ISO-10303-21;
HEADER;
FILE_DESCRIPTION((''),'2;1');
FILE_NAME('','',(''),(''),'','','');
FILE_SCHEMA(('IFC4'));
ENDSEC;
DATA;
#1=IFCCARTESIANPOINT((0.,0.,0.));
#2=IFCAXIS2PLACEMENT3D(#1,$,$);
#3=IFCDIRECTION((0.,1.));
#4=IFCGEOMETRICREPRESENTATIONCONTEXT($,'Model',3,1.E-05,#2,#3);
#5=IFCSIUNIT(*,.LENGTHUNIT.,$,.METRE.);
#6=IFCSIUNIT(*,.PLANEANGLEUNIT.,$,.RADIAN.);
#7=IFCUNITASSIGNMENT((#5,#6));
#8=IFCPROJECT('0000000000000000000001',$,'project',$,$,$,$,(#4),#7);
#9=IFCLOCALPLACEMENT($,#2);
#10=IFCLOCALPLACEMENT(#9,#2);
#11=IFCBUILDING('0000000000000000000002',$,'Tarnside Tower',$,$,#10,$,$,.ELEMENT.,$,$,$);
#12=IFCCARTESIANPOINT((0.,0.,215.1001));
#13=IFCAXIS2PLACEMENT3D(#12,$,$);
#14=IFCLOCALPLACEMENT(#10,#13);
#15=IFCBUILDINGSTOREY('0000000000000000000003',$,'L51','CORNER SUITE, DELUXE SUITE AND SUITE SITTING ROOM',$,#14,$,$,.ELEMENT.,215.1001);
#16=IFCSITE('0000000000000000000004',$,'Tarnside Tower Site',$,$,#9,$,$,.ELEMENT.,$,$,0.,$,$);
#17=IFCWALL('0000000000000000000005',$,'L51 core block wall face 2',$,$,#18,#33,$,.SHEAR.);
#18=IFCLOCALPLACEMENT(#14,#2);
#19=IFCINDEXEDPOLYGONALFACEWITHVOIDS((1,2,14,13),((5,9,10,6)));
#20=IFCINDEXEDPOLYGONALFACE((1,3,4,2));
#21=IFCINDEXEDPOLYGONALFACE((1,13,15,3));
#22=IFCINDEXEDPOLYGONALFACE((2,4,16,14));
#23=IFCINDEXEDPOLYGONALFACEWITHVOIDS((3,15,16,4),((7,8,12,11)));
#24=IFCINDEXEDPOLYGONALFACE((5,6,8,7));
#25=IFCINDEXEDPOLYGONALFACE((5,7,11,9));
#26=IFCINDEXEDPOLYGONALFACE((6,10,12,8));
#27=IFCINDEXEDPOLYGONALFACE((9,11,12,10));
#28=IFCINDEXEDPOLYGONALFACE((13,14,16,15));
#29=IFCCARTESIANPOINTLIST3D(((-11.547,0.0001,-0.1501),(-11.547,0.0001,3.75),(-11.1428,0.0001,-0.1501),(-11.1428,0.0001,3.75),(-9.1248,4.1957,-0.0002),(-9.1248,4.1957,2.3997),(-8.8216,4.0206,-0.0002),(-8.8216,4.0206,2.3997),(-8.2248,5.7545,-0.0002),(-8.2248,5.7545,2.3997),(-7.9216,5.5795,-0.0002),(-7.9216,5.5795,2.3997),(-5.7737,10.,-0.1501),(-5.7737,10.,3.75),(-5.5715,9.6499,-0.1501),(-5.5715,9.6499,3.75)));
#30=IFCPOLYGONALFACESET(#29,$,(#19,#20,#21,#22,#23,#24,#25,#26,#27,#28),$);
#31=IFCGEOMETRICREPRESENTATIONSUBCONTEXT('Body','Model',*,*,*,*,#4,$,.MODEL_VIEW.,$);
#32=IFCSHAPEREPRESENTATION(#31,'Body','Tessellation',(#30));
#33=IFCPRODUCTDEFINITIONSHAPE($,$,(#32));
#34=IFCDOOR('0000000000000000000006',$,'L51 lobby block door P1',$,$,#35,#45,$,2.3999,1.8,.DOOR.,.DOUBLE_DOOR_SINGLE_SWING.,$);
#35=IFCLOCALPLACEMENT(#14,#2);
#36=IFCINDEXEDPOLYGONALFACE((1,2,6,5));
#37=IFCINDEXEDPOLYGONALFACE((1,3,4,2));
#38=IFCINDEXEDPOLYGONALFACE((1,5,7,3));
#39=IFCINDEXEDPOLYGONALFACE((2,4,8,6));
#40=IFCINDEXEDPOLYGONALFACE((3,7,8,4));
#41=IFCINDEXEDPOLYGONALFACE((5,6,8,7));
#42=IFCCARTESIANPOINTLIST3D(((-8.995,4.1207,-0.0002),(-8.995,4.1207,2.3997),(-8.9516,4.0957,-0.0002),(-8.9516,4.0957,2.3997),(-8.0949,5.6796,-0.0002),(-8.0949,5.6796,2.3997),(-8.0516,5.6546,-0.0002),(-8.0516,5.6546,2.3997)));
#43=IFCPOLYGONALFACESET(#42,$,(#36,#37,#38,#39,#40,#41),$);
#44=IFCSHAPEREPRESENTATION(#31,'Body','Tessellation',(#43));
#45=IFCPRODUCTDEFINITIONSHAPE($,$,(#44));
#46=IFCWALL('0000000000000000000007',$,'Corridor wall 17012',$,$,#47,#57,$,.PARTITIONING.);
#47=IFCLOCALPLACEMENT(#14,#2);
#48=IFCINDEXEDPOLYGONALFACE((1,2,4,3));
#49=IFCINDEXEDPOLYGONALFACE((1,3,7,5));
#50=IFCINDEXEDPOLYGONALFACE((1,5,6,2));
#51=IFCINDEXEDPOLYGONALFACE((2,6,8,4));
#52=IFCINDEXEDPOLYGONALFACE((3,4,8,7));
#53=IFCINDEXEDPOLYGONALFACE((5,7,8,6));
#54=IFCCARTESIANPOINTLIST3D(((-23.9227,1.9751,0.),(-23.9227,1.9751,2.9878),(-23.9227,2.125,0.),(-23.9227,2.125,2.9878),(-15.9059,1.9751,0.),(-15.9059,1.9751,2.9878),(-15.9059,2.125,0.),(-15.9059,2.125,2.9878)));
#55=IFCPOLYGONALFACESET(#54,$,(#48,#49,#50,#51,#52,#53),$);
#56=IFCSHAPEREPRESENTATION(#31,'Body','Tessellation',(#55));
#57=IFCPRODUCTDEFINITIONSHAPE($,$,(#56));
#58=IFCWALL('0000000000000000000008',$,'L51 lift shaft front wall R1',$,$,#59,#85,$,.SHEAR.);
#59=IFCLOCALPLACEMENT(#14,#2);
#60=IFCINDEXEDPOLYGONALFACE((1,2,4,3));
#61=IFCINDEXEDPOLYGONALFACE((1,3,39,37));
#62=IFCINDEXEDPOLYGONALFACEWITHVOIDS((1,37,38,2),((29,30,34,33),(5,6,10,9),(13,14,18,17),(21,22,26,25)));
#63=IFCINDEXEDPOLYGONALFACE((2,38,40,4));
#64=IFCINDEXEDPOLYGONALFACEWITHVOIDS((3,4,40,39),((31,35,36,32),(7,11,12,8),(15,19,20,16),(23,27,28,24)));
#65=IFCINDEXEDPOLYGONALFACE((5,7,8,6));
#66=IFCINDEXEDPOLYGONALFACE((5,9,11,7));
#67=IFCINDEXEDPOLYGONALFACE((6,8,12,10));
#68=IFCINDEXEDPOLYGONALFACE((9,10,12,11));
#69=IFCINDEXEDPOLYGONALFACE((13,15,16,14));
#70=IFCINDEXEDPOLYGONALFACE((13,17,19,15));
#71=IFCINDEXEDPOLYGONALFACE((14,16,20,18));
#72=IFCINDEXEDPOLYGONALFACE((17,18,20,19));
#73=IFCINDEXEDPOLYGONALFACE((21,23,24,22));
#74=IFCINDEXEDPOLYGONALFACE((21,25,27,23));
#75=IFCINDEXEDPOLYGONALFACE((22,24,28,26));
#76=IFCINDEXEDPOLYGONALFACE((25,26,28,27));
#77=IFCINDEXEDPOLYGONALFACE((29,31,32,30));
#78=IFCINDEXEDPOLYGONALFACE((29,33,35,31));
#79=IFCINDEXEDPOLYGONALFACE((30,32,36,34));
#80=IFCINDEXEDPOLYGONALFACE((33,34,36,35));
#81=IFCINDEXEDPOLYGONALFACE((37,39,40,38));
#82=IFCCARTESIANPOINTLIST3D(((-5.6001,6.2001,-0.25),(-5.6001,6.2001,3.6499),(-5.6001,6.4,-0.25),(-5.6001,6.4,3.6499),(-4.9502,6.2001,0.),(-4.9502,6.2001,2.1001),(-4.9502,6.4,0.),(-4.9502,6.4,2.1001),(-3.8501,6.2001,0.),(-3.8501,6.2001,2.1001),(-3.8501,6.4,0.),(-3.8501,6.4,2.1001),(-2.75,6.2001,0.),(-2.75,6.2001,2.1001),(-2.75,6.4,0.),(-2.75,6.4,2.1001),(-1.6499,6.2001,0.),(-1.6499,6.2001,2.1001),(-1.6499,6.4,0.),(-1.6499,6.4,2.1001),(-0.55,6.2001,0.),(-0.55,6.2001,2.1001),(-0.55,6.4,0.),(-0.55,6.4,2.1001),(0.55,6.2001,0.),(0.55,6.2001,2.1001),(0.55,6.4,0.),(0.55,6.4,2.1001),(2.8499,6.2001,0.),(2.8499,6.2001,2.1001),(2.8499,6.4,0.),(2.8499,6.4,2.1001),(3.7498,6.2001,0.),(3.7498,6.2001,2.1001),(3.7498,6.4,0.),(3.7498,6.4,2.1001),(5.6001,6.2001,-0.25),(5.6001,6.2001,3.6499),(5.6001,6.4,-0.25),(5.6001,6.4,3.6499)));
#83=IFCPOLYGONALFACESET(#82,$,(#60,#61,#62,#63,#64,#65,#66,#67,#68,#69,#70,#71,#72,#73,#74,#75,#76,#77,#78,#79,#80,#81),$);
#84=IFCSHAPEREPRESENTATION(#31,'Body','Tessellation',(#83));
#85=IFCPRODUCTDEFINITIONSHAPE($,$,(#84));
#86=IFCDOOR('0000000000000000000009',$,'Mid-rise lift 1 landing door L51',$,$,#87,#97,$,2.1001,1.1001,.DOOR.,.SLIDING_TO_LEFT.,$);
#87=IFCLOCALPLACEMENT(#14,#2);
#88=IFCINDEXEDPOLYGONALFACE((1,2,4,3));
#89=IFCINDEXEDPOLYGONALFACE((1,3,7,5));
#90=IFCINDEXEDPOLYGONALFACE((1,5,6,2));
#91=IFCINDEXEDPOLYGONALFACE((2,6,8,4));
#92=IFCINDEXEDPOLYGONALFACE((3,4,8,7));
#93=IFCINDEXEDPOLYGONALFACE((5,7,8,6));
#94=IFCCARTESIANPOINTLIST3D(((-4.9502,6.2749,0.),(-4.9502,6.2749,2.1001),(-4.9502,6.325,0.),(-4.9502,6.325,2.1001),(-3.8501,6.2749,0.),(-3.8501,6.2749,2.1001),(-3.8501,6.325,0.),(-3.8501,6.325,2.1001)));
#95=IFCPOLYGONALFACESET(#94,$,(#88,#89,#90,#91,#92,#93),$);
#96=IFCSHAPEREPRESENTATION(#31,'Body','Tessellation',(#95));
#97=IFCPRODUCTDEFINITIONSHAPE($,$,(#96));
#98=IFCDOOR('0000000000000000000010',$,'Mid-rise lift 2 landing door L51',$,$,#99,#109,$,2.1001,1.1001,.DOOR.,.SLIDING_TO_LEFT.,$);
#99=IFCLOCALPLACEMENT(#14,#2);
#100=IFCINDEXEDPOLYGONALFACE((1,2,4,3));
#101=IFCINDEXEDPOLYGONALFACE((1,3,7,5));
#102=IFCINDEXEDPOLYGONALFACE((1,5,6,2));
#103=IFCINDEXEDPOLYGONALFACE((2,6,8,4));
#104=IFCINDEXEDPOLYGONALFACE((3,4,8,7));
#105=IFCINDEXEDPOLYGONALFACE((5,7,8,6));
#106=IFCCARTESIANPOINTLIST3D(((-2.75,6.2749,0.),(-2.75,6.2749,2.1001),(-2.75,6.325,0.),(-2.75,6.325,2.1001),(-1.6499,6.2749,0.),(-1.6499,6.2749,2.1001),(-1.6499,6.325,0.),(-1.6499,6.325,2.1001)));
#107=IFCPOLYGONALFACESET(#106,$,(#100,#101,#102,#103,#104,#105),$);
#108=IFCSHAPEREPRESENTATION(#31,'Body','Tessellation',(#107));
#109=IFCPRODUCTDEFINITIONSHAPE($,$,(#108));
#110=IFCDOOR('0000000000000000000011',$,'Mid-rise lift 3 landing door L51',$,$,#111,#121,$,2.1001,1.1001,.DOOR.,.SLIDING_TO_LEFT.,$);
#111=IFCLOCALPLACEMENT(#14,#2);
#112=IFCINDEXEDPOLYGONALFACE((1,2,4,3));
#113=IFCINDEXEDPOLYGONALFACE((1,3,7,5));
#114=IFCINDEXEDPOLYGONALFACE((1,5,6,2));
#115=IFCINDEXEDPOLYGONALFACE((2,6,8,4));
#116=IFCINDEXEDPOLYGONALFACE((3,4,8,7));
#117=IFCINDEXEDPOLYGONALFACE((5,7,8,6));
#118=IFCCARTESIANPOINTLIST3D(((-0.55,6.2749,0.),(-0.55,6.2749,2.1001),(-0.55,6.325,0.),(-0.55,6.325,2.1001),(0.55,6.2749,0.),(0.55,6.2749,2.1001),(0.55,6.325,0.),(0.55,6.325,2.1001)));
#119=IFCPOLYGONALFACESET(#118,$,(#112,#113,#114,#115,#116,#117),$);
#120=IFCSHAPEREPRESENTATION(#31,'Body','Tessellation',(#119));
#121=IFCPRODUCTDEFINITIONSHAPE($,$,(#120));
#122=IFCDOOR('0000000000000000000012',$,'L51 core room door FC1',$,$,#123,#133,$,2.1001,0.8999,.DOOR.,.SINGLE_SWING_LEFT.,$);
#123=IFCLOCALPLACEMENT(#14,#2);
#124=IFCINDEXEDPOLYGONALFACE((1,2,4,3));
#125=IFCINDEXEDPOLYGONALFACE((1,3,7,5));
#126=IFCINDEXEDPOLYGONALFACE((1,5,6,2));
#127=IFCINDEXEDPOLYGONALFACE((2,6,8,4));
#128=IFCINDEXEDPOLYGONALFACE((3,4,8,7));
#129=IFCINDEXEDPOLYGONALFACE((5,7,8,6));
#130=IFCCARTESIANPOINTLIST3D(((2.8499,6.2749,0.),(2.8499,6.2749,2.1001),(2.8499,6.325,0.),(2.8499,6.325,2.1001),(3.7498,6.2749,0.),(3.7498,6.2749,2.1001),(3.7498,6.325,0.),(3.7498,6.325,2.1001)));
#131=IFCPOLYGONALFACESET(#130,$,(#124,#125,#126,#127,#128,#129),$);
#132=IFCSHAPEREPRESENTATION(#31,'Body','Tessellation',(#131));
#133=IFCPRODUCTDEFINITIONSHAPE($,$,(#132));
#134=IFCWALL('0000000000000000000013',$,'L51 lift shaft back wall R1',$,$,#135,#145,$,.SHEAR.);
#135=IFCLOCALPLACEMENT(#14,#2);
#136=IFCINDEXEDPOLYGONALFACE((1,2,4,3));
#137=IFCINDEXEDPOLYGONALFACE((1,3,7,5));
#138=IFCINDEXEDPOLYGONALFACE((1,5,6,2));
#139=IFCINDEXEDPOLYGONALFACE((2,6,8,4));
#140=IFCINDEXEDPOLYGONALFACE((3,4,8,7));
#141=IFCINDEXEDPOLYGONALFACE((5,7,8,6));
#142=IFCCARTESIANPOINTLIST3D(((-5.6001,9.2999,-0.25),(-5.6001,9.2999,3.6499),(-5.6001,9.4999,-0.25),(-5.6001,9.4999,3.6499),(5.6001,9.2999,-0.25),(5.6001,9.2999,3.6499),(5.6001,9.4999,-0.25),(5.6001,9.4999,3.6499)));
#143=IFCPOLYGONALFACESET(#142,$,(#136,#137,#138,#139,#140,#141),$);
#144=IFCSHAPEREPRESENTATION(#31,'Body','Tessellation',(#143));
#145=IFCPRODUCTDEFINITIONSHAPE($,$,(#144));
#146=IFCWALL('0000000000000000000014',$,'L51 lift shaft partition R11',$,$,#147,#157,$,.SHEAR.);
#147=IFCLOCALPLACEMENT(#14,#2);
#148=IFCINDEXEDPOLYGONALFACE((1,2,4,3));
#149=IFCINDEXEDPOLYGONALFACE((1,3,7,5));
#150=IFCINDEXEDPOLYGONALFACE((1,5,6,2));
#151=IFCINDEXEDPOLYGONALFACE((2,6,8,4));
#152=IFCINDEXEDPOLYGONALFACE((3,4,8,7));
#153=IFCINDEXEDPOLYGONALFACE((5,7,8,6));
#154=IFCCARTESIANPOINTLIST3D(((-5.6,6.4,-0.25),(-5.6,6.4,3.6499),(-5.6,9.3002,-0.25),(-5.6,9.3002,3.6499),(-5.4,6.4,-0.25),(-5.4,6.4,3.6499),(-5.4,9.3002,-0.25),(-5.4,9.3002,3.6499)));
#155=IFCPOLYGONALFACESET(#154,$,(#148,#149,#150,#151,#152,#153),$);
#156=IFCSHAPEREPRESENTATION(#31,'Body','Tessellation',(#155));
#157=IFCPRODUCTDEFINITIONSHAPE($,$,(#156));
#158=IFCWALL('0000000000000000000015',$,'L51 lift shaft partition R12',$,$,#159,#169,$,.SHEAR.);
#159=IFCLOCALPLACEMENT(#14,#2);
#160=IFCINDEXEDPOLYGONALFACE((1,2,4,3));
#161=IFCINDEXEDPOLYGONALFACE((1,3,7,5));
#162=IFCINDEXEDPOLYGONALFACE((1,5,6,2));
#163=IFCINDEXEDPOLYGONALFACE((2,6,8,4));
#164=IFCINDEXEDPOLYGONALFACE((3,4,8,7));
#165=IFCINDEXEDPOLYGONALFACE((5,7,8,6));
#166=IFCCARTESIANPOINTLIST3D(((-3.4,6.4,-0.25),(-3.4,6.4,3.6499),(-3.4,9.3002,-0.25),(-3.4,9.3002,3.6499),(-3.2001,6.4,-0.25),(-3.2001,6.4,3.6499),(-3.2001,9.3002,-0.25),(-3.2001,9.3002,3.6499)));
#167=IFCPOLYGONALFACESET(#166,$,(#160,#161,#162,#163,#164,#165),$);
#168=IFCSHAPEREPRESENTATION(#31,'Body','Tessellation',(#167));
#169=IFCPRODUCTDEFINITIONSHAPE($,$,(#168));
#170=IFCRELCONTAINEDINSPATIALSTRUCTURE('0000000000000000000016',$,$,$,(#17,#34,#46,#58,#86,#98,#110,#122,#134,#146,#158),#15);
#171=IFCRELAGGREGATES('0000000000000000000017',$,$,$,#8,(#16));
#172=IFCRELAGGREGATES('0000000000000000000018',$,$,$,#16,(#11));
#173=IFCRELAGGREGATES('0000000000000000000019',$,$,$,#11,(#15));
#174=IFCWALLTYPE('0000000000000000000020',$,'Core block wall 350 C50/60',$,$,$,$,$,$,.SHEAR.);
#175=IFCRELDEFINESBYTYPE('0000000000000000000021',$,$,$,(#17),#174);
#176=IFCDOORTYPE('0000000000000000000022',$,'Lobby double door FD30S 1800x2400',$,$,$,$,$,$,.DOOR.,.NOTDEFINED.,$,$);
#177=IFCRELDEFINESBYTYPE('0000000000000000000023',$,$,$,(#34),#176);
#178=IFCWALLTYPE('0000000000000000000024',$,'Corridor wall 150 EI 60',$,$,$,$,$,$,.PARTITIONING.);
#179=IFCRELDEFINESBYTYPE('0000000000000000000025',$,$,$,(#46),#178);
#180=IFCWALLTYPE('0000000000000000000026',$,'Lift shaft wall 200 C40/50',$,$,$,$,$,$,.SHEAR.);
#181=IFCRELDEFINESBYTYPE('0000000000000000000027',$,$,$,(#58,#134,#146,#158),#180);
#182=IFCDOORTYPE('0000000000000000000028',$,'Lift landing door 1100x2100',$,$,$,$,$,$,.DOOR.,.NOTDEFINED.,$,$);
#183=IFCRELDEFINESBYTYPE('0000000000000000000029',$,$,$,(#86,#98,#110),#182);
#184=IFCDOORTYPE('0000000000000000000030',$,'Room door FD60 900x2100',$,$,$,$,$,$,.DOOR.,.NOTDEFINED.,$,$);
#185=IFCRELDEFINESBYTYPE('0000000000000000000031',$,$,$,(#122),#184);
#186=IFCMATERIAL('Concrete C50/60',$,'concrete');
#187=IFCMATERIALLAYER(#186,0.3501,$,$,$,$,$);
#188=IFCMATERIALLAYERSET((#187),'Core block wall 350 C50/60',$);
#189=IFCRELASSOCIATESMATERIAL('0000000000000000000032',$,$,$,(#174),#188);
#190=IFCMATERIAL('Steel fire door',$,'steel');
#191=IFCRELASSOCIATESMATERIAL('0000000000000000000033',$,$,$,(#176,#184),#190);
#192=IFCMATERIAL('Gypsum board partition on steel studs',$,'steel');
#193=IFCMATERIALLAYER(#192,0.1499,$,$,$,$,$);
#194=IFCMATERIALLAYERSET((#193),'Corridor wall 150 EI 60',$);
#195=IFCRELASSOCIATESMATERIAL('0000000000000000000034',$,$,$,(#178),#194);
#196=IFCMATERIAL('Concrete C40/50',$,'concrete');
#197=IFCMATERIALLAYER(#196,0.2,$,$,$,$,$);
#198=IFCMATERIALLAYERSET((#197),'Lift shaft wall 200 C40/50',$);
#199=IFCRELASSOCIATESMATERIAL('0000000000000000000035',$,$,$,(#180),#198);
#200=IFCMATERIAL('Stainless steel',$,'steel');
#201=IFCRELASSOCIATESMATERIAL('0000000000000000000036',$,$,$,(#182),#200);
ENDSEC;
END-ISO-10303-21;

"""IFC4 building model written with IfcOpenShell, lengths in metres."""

from ifc_helpers import new_model, si_unit, direction, frame, frame_2d, origin, place, context, subcontext, project, spatial, polyline, rectangle, outline, extrude, material, layer, layer_set, type_object, element, fill, save


model = new_model("IFC4")

# Units and contexts
model_context = context("Model", 3, precision=1e-05, world=origin(), true_north=direction((0.0, 1.0)))
body_context = subcontext(model_context, "Body", "Model", "MODEL_VIEW")
ifc_project = project(units=[si_unit("LENGTHUNIT", "METRE"), si_unit("PLANEANGLEUNIT", "RADIAN")], contexts=[model_context])

# Site, building, storey
site_placement = place(None, origin())
site = spatial("IfcSite", under=ifc_project, at=site_placement, Name="Tarnside Tower Site", CompositionType="ELEMENT", RefElevation=0.0)
building_placement = place(site_placement, origin())
building = spatial("IfcBuilding", under=site, at=building_placement, Name="Tarnside Tower", CompositionType="ELEMENT")
storey_placement = place(building_placement, frame((0.0, 0.0, 215.1001)))
storey = spatial("IfcBuildingStorey", under=building, at=storey_placement, Name="L51", Description="CORNER SUITE, DELUXE SUITE AND SUITE SITTING ROOM", CompositionType="ELEMENT", Elevation=215.1001)

# Shared definitions
ifc_material_1 = material(Name="Concrete C40/50", Category="concrete")

# Wall, opening, door
ifc_material_2 = material(Name="Concrete C50/60", Category="concrete")
ifc_layer_1 = layer(ifc_material_2, 0.3501)
ifc_layer_set_1 = layer_set([ifc_layer_1], Name="Core block wall 350 C50/60")
wall_type_1 = type_object("IfcWallType", Name="Core block wall 350 C50/60", PredefinedType="SHEAR", material=ifc_layer_set_1)
wall_1_placement = place(storey_placement, frame((-5.6726, 9.825, -0.1501), z_axis=(0.0, 0.0, 1.0), x_axis=(-0.499995, -0.866028, 0.0)))
wall_1 = element("IfcWall", 1, at=wall_1_placement, inside=storey, type_object=wall_type_1, Name="L51 core block wall face 2", PredefinedType="SHEAR", context=body_context, shape_type="SweptSolid", body=[
    extrude(outline(polyline([(-0.1011, -0.175), (11.4458, -0.175), (11.2437, 0.175), (0.1011, 0.175), (-0.1011, -0.175)])), origin(), (0.0, 0.0, 1.0), 3.9001),
])
opening_1_placement = place(wall_1_placement, frame((4.8013, 0.0, 0.1499)))
opening_1 = element("IfcOpeningElement", 2, at=opening_1_placement, cuts=wall_1, PredefinedType="OPENING", context=body_context, shape_type="SweptSolid", body=[
    extrude(rectangle(XDim=1.8, YDim=2.3999, at=frame_2d((0.8999, 1.2))), frame((0.0, 0.1851, 0.0), z_axis=(0.0, -1.0, 0.0), x_axis=(1.0, 0.0, 0.0)), (0.0, 0.0, 1.0), 0.3701),
])
ifc_material_3 = material(Name="Steel fire door", Category="steel")
door_type_1 = type_object("IfcDoorType", Name="Lobby double door FD30S 1800x2400", OperationType="NOTDEFINED", PredefinedType="DOOR", material=ifc_material_3)
door_1_placement = place(opening_1_placement, origin())
door_1 = element("IfcDoor", 3, at=door_1_placement, inside=storey, type_object=door_type_1, Name="L51 lobby block door P1", OperationType="DOUBLE_DOOR_SINGLE_SWING", OverallHeight=2.3999, OverallWidth=1.8, PredefinedType="DOOR", context=body_context, shape_type="SweptSolid", body=[
    extrude(rectangle(XDim=1.8, YDim=2.3999, at=frame_2d((0.8999, 1.2))), frame((0.0, 0.0249, 0.0), z_axis=(0.0, -1.0, 0.0), x_axis=(1.0, 0.0, 0.0)), (0.0, 0.0, 1.0), 0.05),
])
fill(opening_1, door_1)

# Wall
ifc_material_4 = material(Name="Gypsum board partition on steel studs", Category="steel")
ifc_layer_2 = layer(ifc_material_4, 0.1499)
ifc_layer_set_2 = layer_set([ifc_layer_2], Name="Corridor wall 150 EI 60")
wall_type_2 = type_object("IfcWallType", Name="Corridor wall 150 EI 60", PredefinedType="PARTITIONING", material=ifc_layer_set_2)
wall_2_placement = place(storey_placement, frame((-15.906, 2.05, 0.0), z_axis=(0.0, 0.0, 1.0), x_axis=(-1.0, 0.0, 0.0)))
element("IfcWall", 4, at=wall_2_placement, inside=storey, type_object=wall_type_2, Name="Corridor wall 17012", PredefinedType="PARTITIONING", context=body_context, shape_type="SweptSolid", body=[
    extrude(rectangle(XDim=8.0168, YDim=0.1499, at=frame_2d((4.0083, 0.0))), origin(), (0.0, 0.0, 1.0), 2.9878),
])

# Wall, openings, doors
ifc_layer_3 = layer(ifc_material_1, 0.2)
ifc_layer_set_3 = layer_set([ifc_layer_3], Name="Lift shaft wall 200 C40/50")
wall_type_3 = type_object("IfcWallType", Name="Lift shaft wall 200 C40/50", PredefinedType="SHEAR", material=ifc_layer_set_3)
wall_3_placement = place(storey_placement, frame((-5.6001, 6.3, -0.25), z_axis=(0.0, 0.0, 1.0), x_axis=(1.0, 0.0, 0.0)))
wall_3 = element("IfcWall", 5, at=wall_3_placement, inside=storey, type_object=wall_type_3, Name="L51 lift shaft front wall R1", PredefinedType="SHEAR", context=body_context, shape_type="SweptSolid", body=[
    extrude(rectangle(XDim=11.2002, YDim=0.2, at=frame_2d((5.6001, 0.0))), origin(), (0.0, 0.0, 1.0), 3.8999),
])
opening_2_placement = place(wall_3_placement, frame((8.45, 0.0, 0.25)))
opening_2 = element("IfcOpeningElement", 6, at=opening_2_placement, cuts=wall_3, PredefinedType="OPENING", context=body_context, shape_type="SweptSolid", body=[
    extrude(rectangle(XDim=0.8999, YDim=2.1001, at=frame_2d((0.45, 1.05))), frame((0.0, 0.1099, 0.0), z_axis=(0.0, -1.0, 0.0), x_axis=(1.0, 0.0, 0.0)), (0.0, 0.0, 1.0), 0.22),
])
opening_3_placement = place(wall_3_placement, frame((0.6499, 0.0, 0.25)))
opening_3 = element("IfcOpeningElement", 7, at=opening_3_placement, cuts=wall_3, PredefinedType="OPENING", context=body_context, shape_type="SweptSolid", body=[
    extrude(rectangle(XDim=1.1001, YDim=2.1001, at=frame_2d((0.55, 1.05))), frame((0.0, 0.1099, 0.0), z_axis=(0.0, -1.0, 0.0), x_axis=(1.0, 0.0, 0.0)), (0.0, 0.0, 1.0), 0.22),
])
opening_4_placement = place(wall_3_placement, frame((2.8501, 0.0, 0.25)))
opening_4 = element("IfcOpeningElement", 8, at=opening_4_placement, cuts=wall_3, PredefinedType="OPENING", context=body_context, shape_type="SweptSolid", body=[
    extrude(rectangle(XDim=1.1001, YDim=2.1001, at=frame_2d((0.55, 1.05))), frame((0.0, 0.1099, 0.0), z_axis=(0.0, -1.0, 0.0), x_axis=(1.0, 0.0, 0.0)), (0.0, 0.0, 1.0), 0.22),
])
opening_5_placement = place(wall_3_placement, frame((5.05, 0.0, 0.25)))
opening_5 = element("IfcOpeningElement", 9, at=opening_5_placement, cuts=wall_3, PredefinedType="OPENING", context=body_context, shape_type="SweptSolid", body=[
    extrude(rectangle(XDim=1.1001, YDim=2.1001, at=frame_2d((0.55, 1.05))), frame((0.0, 0.1099, 0.0), z_axis=(0.0, -1.0, 0.0), x_axis=(1.0, 0.0, 0.0)), (0.0, 0.0, 1.0), 0.22),
])
ifc_material_5 = material(Name="Stainless steel", Category="steel")
door_type_2 = type_object("IfcDoorType", Name="Lift landing door 1100x2100", OperationType="NOTDEFINED", PredefinedType="DOOR", material=ifc_material_5)
door_2_placement = place(opening_3_placement, origin())
door_2 = element("IfcDoor", 10, at=door_2_placement, inside=storey, type_object=door_type_2, Name="Mid-rise lift 1 landing door L51", OperationType="SLIDING_TO_LEFT", OverallHeight=2.1001, OverallWidth=1.1001, PredefinedType="DOOR", context=body_context, shape_type="SweptSolid", body=[
    extrude(rectangle(XDim=1.1001, YDim=2.1001, at=frame_2d((0.55, 1.05))), frame((0.0, 0.0249, 0.0), z_axis=(0.0, -1.0, 0.0), x_axis=(1.0, 0.0, 0.0)), (0.0, 0.0, 1.0), 0.05),
])
fill(opening_3, door_2)
door_3_placement = place(opening_4_placement, origin())
door_3 = element("IfcDoor", 11, at=door_3_placement, inside=storey, type_object=door_type_2, Name="Mid-rise lift 2 landing door L51", OperationType="SLIDING_TO_LEFT", OverallHeight=2.1001, OverallWidth=1.1001, PredefinedType="DOOR", context=body_context, shape_type="SweptSolid", body=[
    extrude(rectangle(XDim=1.1001, YDim=2.1001, at=frame_2d((0.55, 1.05))), frame((0.0, 0.0249, 0.0), z_axis=(0.0, -1.0, 0.0), x_axis=(1.0, 0.0, 0.0)), (0.0, 0.0, 1.0), 0.05),
])
fill(opening_4, door_3)
door_4_placement = place(opening_5_placement, origin())
door_4 = element("IfcDoor", 12, at=door_4_placement, inside=storey, type_object=door_type_2, Name="Mid-rise lift 3 landing door L51", OperationType="SLIDING_TO_LEFT", OverallHeight=2.1001, OverallWidth=1.1001, PredefinedType="DOOR", context=body_context, shape_type="SweptSolid", body=[
    extrude(rectangle(XDim=1.1001, YDim=2.1001, at=frame_2d((0.55, 1.05))), frame((0.0, 0.0249, 0.0), z_axis=(0.0, -1.0, 0.0), x_axis=(1.0, 0.0, 0.0)), (0.0, 0.0, 1.0), 0.05),
])
fill(opening_5, door_4)
door_type_3 = type_object("IfcDoorType", Name="Room door FD60 900x2100", OperationType="NOTDEFINED", PredefinedType="DOOR", material=ifc_material_3)
door_5_placement = place(opening_2_placement, origin())
door_5 = element("IfcDoor", 13, at=door_5_placement, inside=storey, type_object=door_type_3, Name="L51 core room door FC1", OperationType="SINGLE_SWING_LEFT", OverallHeight=2.1001, OverallWidth=0.8999, PredefinedType="DOOR", context=body_context, shape_type="SweptSolid", body=[
    extrude(rectangle(XDim=0.8999, YDim=2.1001, at=frame_2d((0.45, 1.05))), frame((0.0, 0.0249, 0.0), z_axis=(0.0, -1.0, 0.0), x_axis=(1.0, 0.0, 0.0)), (0.0, 0.0, 1.0), 0.05),
])
fill(opening_2, door_5)

# Walls
wall_4_placement = place(storey_placement, frame((-5.6001, 9.3999, -0.25), z_axis=(0.0, 0.0, 1.0), x_axis=(1.0, 0.0, 0.0)))
element("IfcWall", 14, at=wall_4_placement, inside=storey, type_object=wall_type_3, Name="L51 lift shaft back wall R1", PredefinedType="SHEAR", context=body_context, shape_type="SweptSolid", body=[
    extrude(rectangle(XDim=11.2002, YDim=0.2, at=frame_2d((5.6001, 0.0))), origin(), (0.0, 0.0, 1.0), 3.8999),
])
for number, where, z_axis, x_axis, name in (
    (15, (-5.5, 6.3999, -0.25), (0.0, 0.0, 1.0), (0.0, 1.0, 0.0), "L51 lift shaft partition R11"),
    (16, (-3.3, 6.3999, -0.25), (0.0, 0.0, 1.0), (0.0, 1.0, 0.0), "L51 lift shaft partition R12"),
):
    element("IfcWall", number, at=place(storey_placement, frame(where, z_axis=z_axis, x_axis=x_axis)), inside=storey, type_object=wall_type_3, Name=name, PredefinedType="SHEAR", context=body_context, shape_type="SweptSolid", body=[
        extrude(rectangle(XDim=2.9001, YDim=0.2, at=frame_2d((1.4502, 0.0))), origin(), (0.0, 0.0, 1.0), 3.8999),
    ])

save(model, "model.ifc")
